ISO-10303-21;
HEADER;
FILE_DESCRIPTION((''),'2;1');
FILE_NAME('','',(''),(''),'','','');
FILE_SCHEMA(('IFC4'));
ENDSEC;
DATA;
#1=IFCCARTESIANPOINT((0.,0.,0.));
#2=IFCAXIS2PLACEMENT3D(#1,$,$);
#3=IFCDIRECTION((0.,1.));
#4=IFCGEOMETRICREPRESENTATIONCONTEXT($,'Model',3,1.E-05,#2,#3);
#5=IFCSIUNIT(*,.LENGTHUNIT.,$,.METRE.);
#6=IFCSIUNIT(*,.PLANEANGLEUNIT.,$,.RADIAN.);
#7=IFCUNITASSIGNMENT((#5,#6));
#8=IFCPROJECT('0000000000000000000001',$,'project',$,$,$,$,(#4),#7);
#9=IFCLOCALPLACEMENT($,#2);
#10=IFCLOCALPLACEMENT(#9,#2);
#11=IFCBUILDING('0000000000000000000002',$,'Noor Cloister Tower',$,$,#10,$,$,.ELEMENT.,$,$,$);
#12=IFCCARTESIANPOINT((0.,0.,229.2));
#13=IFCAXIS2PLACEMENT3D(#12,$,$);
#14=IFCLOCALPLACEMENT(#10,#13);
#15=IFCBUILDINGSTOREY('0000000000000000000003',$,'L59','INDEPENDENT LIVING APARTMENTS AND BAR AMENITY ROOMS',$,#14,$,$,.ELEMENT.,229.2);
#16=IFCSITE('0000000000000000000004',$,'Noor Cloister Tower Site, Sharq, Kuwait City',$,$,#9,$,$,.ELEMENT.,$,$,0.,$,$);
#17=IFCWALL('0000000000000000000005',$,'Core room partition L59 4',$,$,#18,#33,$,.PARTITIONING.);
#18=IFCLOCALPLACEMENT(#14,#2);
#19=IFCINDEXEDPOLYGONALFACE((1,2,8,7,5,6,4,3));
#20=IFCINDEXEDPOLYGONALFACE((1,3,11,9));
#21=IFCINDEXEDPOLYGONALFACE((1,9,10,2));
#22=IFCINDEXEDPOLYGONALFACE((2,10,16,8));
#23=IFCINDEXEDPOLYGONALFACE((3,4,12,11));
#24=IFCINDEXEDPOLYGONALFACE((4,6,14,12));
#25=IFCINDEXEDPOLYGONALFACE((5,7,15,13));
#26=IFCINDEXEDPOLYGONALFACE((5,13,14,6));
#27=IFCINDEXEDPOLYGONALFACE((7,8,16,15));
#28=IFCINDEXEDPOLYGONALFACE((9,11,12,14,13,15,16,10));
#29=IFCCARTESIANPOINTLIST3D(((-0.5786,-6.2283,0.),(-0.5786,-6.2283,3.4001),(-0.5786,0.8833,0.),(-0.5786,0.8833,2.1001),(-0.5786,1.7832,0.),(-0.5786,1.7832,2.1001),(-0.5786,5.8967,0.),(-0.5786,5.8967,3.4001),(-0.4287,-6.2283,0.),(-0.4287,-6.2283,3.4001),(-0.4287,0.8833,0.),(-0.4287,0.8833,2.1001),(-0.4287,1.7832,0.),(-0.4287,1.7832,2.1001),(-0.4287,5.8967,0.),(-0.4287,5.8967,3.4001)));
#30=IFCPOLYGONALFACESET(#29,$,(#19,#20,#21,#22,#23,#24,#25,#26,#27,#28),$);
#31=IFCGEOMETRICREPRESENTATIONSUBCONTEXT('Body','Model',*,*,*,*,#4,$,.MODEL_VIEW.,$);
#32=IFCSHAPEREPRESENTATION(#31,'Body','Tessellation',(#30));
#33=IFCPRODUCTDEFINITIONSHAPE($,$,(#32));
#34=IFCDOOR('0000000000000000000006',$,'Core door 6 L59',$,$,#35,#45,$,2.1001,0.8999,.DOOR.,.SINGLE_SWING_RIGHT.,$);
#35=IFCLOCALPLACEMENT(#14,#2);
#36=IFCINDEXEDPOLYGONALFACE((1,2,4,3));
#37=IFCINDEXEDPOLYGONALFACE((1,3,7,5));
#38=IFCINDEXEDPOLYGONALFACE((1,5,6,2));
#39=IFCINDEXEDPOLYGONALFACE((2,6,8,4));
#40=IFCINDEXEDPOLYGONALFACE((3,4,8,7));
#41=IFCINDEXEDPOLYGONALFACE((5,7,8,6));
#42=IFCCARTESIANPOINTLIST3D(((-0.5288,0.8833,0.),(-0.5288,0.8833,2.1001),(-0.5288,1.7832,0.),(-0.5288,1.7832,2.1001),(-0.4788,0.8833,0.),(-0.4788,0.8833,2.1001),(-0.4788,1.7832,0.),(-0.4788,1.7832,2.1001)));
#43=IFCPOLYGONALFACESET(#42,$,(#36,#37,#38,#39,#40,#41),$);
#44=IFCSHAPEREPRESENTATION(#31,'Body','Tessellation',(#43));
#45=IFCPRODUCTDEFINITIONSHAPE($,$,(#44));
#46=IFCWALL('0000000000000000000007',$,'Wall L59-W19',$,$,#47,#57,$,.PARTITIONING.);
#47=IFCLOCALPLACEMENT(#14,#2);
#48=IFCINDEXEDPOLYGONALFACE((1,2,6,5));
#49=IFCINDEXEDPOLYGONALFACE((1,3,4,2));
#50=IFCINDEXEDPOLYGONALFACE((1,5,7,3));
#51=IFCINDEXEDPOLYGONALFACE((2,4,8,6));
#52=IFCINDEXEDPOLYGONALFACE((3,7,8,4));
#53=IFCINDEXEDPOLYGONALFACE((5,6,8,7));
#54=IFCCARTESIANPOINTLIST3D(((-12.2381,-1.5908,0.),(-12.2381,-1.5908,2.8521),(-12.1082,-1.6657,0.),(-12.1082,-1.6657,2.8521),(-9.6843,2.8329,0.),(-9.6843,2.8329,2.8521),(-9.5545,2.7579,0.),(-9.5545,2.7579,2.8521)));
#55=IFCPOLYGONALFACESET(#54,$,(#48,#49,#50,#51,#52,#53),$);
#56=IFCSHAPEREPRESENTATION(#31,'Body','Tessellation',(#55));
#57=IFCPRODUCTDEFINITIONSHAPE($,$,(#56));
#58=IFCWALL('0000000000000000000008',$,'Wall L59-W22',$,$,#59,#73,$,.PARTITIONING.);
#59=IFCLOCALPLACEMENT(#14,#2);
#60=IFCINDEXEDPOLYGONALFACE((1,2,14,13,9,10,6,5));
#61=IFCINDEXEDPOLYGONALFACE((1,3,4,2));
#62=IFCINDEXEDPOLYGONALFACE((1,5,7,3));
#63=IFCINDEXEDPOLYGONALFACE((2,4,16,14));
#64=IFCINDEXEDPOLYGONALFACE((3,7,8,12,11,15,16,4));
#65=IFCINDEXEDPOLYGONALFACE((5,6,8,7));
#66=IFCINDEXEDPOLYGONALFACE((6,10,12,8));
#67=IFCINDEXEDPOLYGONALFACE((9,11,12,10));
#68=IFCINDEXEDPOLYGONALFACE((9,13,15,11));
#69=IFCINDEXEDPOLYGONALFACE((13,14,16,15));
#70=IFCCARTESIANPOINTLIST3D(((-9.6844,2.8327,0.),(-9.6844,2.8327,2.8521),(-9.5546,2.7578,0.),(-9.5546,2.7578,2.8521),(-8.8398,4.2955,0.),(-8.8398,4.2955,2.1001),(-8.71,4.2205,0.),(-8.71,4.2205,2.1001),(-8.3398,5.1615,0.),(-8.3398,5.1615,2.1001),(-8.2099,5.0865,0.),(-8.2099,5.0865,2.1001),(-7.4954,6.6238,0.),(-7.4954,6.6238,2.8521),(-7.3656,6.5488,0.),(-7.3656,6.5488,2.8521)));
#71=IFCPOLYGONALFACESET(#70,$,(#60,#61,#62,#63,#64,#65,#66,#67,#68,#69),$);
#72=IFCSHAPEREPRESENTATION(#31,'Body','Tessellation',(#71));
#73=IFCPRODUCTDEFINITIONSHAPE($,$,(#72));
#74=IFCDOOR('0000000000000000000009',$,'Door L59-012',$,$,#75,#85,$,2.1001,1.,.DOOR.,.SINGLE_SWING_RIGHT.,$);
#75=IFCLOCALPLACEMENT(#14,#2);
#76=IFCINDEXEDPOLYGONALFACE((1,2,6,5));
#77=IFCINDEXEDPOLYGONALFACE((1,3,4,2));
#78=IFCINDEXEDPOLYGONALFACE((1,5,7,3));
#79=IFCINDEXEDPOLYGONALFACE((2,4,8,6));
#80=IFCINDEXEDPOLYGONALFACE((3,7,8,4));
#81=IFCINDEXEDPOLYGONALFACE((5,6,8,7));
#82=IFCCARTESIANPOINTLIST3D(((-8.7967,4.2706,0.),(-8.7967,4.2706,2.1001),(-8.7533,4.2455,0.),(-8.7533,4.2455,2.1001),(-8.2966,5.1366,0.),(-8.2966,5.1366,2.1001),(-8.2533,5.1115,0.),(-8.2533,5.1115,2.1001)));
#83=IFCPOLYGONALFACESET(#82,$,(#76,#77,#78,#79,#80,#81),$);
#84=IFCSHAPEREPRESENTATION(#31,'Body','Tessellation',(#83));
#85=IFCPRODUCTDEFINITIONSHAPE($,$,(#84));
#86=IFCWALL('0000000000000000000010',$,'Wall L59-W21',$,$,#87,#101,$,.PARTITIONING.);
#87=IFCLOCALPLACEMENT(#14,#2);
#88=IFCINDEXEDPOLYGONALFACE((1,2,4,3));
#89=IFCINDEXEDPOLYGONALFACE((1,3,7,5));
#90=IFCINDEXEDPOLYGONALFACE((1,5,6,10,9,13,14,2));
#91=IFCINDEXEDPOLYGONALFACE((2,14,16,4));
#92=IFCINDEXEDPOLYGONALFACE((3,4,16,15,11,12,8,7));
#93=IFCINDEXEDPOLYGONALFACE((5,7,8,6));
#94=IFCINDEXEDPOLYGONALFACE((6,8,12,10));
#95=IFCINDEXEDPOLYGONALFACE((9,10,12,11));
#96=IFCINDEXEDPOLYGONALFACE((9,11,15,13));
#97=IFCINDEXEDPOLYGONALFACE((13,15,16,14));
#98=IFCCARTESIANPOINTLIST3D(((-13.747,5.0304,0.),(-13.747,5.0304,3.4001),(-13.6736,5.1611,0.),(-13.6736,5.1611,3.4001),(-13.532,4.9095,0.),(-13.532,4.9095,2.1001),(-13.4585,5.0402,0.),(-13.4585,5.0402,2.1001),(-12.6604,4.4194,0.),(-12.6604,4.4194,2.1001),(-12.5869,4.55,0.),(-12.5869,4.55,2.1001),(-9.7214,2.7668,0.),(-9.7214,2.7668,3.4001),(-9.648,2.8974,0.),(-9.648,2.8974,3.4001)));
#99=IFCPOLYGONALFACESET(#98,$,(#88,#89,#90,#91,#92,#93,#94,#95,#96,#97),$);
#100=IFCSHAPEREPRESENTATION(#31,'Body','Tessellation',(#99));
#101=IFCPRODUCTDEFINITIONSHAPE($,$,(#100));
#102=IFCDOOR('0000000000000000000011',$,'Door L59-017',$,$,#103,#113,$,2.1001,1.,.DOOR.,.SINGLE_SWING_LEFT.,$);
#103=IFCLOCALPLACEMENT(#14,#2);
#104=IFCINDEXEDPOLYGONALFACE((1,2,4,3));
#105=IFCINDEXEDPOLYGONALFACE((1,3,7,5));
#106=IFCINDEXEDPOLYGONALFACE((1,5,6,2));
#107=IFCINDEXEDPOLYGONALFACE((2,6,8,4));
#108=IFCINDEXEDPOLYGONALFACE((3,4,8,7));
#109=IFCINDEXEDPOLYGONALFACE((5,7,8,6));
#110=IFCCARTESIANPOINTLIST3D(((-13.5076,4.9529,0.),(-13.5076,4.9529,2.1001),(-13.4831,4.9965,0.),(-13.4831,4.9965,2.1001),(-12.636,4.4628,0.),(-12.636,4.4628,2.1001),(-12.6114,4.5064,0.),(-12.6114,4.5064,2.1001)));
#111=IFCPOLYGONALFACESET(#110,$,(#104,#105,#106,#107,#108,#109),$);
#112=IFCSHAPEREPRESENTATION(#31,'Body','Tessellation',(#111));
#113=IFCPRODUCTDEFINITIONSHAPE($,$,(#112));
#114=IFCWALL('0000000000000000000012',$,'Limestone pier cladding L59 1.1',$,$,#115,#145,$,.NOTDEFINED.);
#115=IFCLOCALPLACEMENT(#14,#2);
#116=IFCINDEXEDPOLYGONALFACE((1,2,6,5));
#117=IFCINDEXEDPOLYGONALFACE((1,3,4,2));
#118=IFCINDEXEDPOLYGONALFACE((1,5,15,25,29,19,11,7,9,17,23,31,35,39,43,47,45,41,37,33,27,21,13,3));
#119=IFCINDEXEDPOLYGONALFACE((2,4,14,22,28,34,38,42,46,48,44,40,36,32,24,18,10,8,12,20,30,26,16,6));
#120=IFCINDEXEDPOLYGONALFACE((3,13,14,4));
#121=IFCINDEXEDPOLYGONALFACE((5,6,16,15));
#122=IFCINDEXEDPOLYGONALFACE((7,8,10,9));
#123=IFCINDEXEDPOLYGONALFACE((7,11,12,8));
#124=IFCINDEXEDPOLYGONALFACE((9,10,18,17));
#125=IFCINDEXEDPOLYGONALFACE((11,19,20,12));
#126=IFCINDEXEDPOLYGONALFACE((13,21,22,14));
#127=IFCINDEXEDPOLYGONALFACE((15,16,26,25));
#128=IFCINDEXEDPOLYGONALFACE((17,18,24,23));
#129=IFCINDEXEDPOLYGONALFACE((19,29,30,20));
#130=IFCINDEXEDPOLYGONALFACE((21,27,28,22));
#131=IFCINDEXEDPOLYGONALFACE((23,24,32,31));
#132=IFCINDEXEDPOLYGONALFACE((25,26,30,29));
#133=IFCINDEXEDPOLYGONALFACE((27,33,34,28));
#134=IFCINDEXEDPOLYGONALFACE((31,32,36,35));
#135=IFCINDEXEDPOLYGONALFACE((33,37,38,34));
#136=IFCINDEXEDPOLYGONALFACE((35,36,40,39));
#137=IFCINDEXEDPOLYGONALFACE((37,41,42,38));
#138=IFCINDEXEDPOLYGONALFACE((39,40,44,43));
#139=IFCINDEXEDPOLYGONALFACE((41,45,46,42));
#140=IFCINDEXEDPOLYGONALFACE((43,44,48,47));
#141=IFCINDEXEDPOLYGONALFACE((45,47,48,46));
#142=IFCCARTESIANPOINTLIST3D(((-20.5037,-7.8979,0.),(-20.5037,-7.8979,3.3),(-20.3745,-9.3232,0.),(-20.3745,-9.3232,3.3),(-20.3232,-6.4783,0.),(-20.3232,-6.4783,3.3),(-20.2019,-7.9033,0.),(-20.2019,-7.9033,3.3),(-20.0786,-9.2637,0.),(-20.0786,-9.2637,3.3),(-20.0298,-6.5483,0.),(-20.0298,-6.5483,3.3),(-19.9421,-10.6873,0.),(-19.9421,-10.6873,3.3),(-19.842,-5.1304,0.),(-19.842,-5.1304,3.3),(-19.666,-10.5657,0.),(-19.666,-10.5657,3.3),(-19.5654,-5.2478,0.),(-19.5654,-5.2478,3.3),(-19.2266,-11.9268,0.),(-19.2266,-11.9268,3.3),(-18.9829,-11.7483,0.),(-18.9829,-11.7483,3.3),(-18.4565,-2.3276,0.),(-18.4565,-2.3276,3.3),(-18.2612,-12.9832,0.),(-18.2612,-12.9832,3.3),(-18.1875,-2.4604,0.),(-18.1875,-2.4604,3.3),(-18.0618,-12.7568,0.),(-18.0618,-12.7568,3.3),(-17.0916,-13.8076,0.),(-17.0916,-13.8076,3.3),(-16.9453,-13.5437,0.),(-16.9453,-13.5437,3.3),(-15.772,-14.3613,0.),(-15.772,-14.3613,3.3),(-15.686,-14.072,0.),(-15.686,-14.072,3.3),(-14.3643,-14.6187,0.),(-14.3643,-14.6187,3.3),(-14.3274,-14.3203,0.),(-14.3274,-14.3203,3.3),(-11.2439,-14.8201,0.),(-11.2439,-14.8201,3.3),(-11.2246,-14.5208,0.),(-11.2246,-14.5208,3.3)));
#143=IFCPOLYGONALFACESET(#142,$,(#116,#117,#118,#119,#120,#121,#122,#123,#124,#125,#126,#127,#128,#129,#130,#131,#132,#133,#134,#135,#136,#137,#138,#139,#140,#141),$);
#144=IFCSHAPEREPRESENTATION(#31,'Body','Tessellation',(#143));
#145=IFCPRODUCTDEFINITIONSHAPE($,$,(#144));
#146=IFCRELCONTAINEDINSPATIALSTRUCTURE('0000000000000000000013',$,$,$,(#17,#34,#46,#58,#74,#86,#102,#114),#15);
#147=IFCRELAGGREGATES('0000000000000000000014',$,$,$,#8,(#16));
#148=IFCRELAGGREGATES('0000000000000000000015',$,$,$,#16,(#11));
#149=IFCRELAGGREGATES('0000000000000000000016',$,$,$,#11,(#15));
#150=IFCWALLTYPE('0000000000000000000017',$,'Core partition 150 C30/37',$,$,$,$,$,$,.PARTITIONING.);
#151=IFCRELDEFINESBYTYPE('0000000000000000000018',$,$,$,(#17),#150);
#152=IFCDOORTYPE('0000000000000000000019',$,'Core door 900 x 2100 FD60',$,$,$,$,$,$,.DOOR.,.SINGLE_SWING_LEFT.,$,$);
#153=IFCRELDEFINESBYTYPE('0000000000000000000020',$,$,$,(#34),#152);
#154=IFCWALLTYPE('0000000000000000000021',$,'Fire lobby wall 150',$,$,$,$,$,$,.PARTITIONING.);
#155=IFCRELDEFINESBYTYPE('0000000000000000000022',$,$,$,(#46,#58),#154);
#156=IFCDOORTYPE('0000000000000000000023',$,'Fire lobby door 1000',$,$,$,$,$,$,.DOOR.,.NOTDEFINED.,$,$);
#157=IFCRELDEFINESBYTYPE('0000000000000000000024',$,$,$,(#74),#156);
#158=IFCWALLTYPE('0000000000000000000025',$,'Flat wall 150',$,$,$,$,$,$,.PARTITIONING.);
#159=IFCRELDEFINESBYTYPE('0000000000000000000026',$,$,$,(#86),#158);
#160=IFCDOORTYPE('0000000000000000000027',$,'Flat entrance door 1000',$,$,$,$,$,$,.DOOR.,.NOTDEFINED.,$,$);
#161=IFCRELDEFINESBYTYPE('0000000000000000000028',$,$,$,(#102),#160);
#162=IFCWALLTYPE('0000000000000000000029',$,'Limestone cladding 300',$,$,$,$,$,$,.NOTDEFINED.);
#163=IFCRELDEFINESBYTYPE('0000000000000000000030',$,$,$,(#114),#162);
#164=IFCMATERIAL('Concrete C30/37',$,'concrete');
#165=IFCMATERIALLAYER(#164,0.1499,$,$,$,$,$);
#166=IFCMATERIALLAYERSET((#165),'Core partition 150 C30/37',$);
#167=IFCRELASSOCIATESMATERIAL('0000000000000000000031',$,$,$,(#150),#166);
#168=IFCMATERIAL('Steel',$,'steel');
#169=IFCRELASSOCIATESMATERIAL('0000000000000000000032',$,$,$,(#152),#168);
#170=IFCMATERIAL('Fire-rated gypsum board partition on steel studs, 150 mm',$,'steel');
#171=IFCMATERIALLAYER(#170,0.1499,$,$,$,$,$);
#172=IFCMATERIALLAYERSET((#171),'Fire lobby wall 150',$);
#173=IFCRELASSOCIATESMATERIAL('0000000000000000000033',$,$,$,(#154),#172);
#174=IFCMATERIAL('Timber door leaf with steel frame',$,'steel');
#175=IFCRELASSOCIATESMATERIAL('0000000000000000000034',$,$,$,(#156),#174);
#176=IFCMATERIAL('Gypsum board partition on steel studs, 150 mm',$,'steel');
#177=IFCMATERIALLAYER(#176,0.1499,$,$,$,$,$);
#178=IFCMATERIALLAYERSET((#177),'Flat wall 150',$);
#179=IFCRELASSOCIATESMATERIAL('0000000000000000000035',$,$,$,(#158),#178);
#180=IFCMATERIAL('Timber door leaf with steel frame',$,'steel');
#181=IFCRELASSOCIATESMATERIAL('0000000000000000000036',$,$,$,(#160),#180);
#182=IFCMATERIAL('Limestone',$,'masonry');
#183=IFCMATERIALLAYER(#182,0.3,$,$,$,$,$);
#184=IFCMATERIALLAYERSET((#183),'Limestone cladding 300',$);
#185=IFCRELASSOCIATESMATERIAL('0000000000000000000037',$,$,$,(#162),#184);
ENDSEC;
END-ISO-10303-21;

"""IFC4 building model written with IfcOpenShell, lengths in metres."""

from ifc_helpers import new_model, si_unit, direction, frame, frame_2d, origin, place, context, subcontext, project, spatial, polyline, rectangle, outline, extrude, material, layer, layer_set, type_object, element, fill, save


model = new_model("IFC4")

# Units and contexts
model_context = context("Model", 3, precision=1e-05, world=origin(), true_north=direction((0.0, 1.0)))
body_context = subcontext(model_context, "Body", "Model", "MODEL_VIEW")
ifc_project = project(units=[si_unit("LENGTHUNIT", "METRE"), si_unit("PLANEANGLEUNIT", "RADIAN")], contexts=[model_context])

# Site, building, storey
site_placement = place(None, origin())
site = spatial("IfcSite", under=ifc_project, at=site_placement, Name="Noor Cloister Tower Site, Sharq, Kuwait City", CompositionType="ELEMENT", RefElevation=0.0)
building_placement = place(site_placement, origin())
building = spatial("IfcBuilding", under=site, at=building_placement, Name="Noor Cloister Tower", CompositionType="ELEMENT")
storey_placement = place(building_placement, frame((0.0, 0.0, 229.2)))
storey = spatial("IfcBuildingStorey", under=building, at=storey_placement, Name="L59", Description="INDEPENDENT LIVING APARTMENTS AND BAR AMENITY ROOMS", CompositionType="ELEMENT", Elevation=229.2)

# Shared definitions
ifc_material_1 = material(Name="Concrete C30/37", Category="concrete")
ifc_layer_1 = layer(ifc_material_1, 0.1499)
ifc_layer_set_1 = layer_set([ifc_layer_1], Name="Core partition 150 C30/37")
wall_type_1 = type_object("IfcWallType", Name="Core partition 150 C30/37", PredefinedType="PARTITIONING", material=ifc_layer_set_1)

# Wall, opening, door
wall_1_placement = place(storey_placement, frame((-0.5037, 5.8967, 0.0), z_axis=(0.0, 0.0, 1.0), x_axis=(0.0, -1.0, 0.0)))
wall_1 = element("IfcWall", 1, at=wall_1_placement, inside=storey, type_object=wall_type_1, Name="Core room partition L59 4", PredefinedType="PARTITIONING", context=body_context, shape_type="SweptSolid", body=[
    extrude(rectangle(XDim=12.125, YDim=0.1499, at=frame_2d((6.0625, 0.0))), origin(), (0.0, 0.0, 1.0), 3.4001),
])
opening_1_placement = place(wall_1_placement, frame((4.1135, 0.0, 0.0)))
opening_1 = element("IfcOpeningElement", 2, at=opening_1_placement, cuts=wall_1, PredefinedType="OPENING", context=body_context, shape_type="SweptSolid", body=[
    extrude(rectangle(XDim=0.8999, YDim=2.1001, at=frame_2d((0.45, 1.05))), frame((0.0, 0.085, 0.0), z_axis=(0.0, -1.0, 0.0), x_axis=(1.0, 0.0, 0.0)), (0.0, 0.0, 1.0), 0.1699),
])
ifc_material_2 = material(Name="Steel", Category="steel")
door_type_1 = type_object("IfcDoorType", Name="Core door 900 x 2100 FD60", OperationType="SINGLE_SWING_LEFT", PredefinedType="DOOR", material=ifc_material_2)
door_1_placement = place(opening_1_placement, origin())
door_1 = element("IfcDoor", 3, at=door_1_placement, inside=storey, type_object=door_type_1, Name="Core door 6 L59", OperationType="SINGLE_SWING_RIGHT", OverallHeight=2.1001, OverallWidth=0.8999, PredefinedType="DOOR", context=body_context, shape_type="SweptSolid", body=[
    extrude(rectangle(XDim=0.8999, YDim=2.1001, at=frame_2d((0.45, 1.05))), frame((0.0, 0.0249, 0.0), z_axis=(0.0, -1.0, 0.0), x_axis=(1.0, 0.0, 0.0)), (0.0, 0.0, 1.0), 0.05),
])
fill(opening_1, door_1)

# Wall
ifc_material_3 = material(Name="Fire-rated gypsum board partition on steel studs, 150 mm", Category="steel")
ifc_layer_2 = layer(ifc_material_3, 0.1499)
ifc_layer_set_2 = layer_set([ifc_layer_2], Name="Fire lobby wall 150")
wall_type_2 = type_object("IfcWallType", Name="Fire lobby wall 150", PredefinedType="PARTITIONING", material=ifc_layer_set_2)
wall_2_placement = place(storey_placement, frame((-9.6194, 2.7954, 0.0), z_axis=(0.0, 0.0, 1.0), x_axis=(-0.499964, -0.866046, 0.0)))
element("IfcWall", 4, at=wall_2_placement, inside=storey, type_object=wall_type_2, Name="Wall L59-W19", PredefinedType="PARTITIONING", context=body_context, shape_type="SweptSolid", body=[
    extrude(rectangle(XDim=5.1079, YDim=0.1499, at=frame_2d((2.554, 0.0))), origin(), (0.0, 0.0, 1.0), 2.8521),
])

# Walls, openings, doors
wall_3_placement = place(storey_placement, frame((-7.4304, 6.5864, 0.0), z_axis=(0.0, 0.0, 1.0), x_axis=(-0.500038, -0.866004, 0.0)))
wall_3 = element("IfcWall", 5, at=wall_3_placement, inside=storey, type_object=wall_type_2, Name="Wall L59-W22", PredefinedType="PARTITIONING", context=body_context, shape_type="SweptSolid", body=[
    extrude(rectangle(XDim=4.3777, YDim=0.1499, at=frame_2d((2.189, 0.0))), origin(), (0.0, 0.0, 1.0), 2.8521),
])
opening_2_placement = place(wall_3_placement, frame((1.6887, 0.0, 0.0)))
opening_2 = element("IfcOpeningElement", 6, at=opening_2_placement, cuts=wall_3, PredefinedType="OPENING", context=body_context, shape_type="SweptSolid", body=[
    extrude(rectangle(XDim=1.0, YDim=2.1001, at=frame_2d((0.5, 1.05))), frame((0.0, 0.085, 0.0), z_axis=(0.0, -1.0, 0.0), x_axis=(1.0, 0.0, 0.0)), (0.0, 0.0, 1.0), 0.1699),
])
ifc_material_4 = material(Name="Timber door leaf with steel frame", Category="steel")
door_type_2 = type_object("IfcDoorType", Name="Fire lobby door 1000", OperationType="NOTDEFINED", PredefinedType="DOOR", material=ifc_material_4)
door_2_placement = place(opening_2_placement, origin())
door_2 = element("IfcDoor", 7, at=door_2_placement, inside=storey, type_object=door_type_2, Name="Door L59-012", OperationType="SINGLE_SWING_RIGHT", OverallHeight=2.1001, OverallWidth=1.0, PredefinedType="DOOR", context=body_context, shape_type="SweptSolid", body=[
    extrude(rectangle(XDim=1.0, YDim=2.1001, at=frame_2d((0.5, 1.05))), frame((0.0, 0.0249, 0.0), z_axis=(0.0, -1.0, 0.0), x_axis=(1.0, 0.0, 0.0)), (0.0, 0.0, 1.0), 0.05),
])
fill(opening_2, door_2)
ifc_material_5 = material(Name="Gypsum board partition on steel studs, 150 mm", Category="steel")
ifc_layer_3 = layer(ifc_material_5, 0.1499)
ifc_layer_set_3 = layer_set([ifc_layer_3], Name="Flat wall 150")
wall_type_3 = type_object("IfcWallType", Name="Flat wall 150", PredefinedType="PARTITIONING", material=ifc_layer_set_3)
wall_4_placement = place(storey_placement, frame((-13.7102, 5.0957, 0.0), z_axis=(0.0, 0.0, 1.0), x_axis=(0.871645, -0.490138, 0.0)))
wall_4 = element("IfcWall", 8, at=wall_4_placement, inside=storey, type_object=wall_type_3, Name="Wall L59-W21", PredefinedType="PARTITIONING", context=body_context, shape_type="SweptSolid", body=[
    extrude(rectangle(XDim=4.6184, YDim=0.1499, at=frame_2d((2.3091, 0.0))), origin(), (0.0, 0.0, 1.0), 3.4001),
])
opening_3_placement = place(wall_4_placement, frame((0.2466, 0.0, 0.0)))
opening_3 = element("IfcOpeningElement", 9, at=opening_3_placement, cuts=wall_4, PredefinedType="OPENING", context=body_context, shape_type="SweptSolid", body=[
    extrude(rectangle(XDim=1.0, YDim=2.1001, at=frame_2d((0.5, 1.05))), frame((0.0, 0.085, 0.0), z_axis=(0.0, -1.0, 0.0), x_axis=(1.0, 0.0, 0.0)), (0.0, 0.0, 1.0), 0.1699),
])
ifc_material_6 = material(Name="Timber door leaf with steel frame", Category="steel")
door_type_3 = type_object("IfcDoorType", Name="Flat entrance door 1000", OperationType="NOTDEFINED", PredefinedType="DOOR", material=ifc_material_6)
door_3_placement = place(opening_3_placement, origin())
door_3 = element("IfcDoor", 10, at=door_3_placement, inside=storey, type_object=door_type_3, Name="Door L59-017", OperationType="SINGLE_SWING_LEFT", OverallHeight=2.1001, OverallWidth=1.0, PredefinedType="DOOR", context=body_context, shape_type="SweptSolid", body=[
    extrude(rectangle(XDim=1.0, YDim=2.1001, at=frame_2d((0.5, 1.05))), frame((0.0, 0.0249, 0.0), z_axis=(0.0, -1.0, 0.0), x_axis=(1.0, 0.0, 0.0)), (0.0, 0.0, 1.0), 0.05),
])
fill(opening_3, door_3)

# Wall
ifc_material_7 = material(Name="Limestone", Category="masonry")
ifc_layer_4 = layer(ifc_material_7, 0.3)
ifc_layer_set_4 = layer_set([ifc_layer_4], Name="Limestone cladding 300")
wall_type_4 = type_object("IfcWallType", Name="Limestone cladding 300", PredefinedType="NOTDEFINED", material=ifc_layer_set_4)
wall_5_placement = place(storey_placement, origin())
element("IfcWall", 11, at=wall_5_placement, inside=storey, type_object=wall_type_4, Name="Limestone pier cladding L59 1.1", PredefinedType="NOTDEFINED", context=body_context, shape_type="SweptSolid", body=[
    extrude(outline(polyline([(-18.4565, -2.3276), (-19.842, -5.1304), (-20.3232, -6.4783), (-20.5037, -7.8979), (-20.3745, -9.3232), (-19.9421, -10.6873), (-19.2266, -11.9268), (-18.2612, -12.9832), (-17.0916, -13.8076), (-15.772, -14.3613), (-14.3643, -14.6187), (-11.2439, -14.8201), (-11.2246, -14.5208), (-14.3274, -14.3203), (-15.686, -14.072), (-16.9453, -13.5437), (-18.0618, -12.7568), (-18.9829, -11.7483), (-19.666, -10.5657), (-20.0786, -9.2637), (-20.2019, -7.9033), (-20.0298, -6.5483), (-19.5654, -5.2478), (-18.1875, -2.4604), (-18.4565, -2.3276)])), origin(), (0.0, 0.0, 1.0), 3.3),
])

save(model, "model.ifc")
